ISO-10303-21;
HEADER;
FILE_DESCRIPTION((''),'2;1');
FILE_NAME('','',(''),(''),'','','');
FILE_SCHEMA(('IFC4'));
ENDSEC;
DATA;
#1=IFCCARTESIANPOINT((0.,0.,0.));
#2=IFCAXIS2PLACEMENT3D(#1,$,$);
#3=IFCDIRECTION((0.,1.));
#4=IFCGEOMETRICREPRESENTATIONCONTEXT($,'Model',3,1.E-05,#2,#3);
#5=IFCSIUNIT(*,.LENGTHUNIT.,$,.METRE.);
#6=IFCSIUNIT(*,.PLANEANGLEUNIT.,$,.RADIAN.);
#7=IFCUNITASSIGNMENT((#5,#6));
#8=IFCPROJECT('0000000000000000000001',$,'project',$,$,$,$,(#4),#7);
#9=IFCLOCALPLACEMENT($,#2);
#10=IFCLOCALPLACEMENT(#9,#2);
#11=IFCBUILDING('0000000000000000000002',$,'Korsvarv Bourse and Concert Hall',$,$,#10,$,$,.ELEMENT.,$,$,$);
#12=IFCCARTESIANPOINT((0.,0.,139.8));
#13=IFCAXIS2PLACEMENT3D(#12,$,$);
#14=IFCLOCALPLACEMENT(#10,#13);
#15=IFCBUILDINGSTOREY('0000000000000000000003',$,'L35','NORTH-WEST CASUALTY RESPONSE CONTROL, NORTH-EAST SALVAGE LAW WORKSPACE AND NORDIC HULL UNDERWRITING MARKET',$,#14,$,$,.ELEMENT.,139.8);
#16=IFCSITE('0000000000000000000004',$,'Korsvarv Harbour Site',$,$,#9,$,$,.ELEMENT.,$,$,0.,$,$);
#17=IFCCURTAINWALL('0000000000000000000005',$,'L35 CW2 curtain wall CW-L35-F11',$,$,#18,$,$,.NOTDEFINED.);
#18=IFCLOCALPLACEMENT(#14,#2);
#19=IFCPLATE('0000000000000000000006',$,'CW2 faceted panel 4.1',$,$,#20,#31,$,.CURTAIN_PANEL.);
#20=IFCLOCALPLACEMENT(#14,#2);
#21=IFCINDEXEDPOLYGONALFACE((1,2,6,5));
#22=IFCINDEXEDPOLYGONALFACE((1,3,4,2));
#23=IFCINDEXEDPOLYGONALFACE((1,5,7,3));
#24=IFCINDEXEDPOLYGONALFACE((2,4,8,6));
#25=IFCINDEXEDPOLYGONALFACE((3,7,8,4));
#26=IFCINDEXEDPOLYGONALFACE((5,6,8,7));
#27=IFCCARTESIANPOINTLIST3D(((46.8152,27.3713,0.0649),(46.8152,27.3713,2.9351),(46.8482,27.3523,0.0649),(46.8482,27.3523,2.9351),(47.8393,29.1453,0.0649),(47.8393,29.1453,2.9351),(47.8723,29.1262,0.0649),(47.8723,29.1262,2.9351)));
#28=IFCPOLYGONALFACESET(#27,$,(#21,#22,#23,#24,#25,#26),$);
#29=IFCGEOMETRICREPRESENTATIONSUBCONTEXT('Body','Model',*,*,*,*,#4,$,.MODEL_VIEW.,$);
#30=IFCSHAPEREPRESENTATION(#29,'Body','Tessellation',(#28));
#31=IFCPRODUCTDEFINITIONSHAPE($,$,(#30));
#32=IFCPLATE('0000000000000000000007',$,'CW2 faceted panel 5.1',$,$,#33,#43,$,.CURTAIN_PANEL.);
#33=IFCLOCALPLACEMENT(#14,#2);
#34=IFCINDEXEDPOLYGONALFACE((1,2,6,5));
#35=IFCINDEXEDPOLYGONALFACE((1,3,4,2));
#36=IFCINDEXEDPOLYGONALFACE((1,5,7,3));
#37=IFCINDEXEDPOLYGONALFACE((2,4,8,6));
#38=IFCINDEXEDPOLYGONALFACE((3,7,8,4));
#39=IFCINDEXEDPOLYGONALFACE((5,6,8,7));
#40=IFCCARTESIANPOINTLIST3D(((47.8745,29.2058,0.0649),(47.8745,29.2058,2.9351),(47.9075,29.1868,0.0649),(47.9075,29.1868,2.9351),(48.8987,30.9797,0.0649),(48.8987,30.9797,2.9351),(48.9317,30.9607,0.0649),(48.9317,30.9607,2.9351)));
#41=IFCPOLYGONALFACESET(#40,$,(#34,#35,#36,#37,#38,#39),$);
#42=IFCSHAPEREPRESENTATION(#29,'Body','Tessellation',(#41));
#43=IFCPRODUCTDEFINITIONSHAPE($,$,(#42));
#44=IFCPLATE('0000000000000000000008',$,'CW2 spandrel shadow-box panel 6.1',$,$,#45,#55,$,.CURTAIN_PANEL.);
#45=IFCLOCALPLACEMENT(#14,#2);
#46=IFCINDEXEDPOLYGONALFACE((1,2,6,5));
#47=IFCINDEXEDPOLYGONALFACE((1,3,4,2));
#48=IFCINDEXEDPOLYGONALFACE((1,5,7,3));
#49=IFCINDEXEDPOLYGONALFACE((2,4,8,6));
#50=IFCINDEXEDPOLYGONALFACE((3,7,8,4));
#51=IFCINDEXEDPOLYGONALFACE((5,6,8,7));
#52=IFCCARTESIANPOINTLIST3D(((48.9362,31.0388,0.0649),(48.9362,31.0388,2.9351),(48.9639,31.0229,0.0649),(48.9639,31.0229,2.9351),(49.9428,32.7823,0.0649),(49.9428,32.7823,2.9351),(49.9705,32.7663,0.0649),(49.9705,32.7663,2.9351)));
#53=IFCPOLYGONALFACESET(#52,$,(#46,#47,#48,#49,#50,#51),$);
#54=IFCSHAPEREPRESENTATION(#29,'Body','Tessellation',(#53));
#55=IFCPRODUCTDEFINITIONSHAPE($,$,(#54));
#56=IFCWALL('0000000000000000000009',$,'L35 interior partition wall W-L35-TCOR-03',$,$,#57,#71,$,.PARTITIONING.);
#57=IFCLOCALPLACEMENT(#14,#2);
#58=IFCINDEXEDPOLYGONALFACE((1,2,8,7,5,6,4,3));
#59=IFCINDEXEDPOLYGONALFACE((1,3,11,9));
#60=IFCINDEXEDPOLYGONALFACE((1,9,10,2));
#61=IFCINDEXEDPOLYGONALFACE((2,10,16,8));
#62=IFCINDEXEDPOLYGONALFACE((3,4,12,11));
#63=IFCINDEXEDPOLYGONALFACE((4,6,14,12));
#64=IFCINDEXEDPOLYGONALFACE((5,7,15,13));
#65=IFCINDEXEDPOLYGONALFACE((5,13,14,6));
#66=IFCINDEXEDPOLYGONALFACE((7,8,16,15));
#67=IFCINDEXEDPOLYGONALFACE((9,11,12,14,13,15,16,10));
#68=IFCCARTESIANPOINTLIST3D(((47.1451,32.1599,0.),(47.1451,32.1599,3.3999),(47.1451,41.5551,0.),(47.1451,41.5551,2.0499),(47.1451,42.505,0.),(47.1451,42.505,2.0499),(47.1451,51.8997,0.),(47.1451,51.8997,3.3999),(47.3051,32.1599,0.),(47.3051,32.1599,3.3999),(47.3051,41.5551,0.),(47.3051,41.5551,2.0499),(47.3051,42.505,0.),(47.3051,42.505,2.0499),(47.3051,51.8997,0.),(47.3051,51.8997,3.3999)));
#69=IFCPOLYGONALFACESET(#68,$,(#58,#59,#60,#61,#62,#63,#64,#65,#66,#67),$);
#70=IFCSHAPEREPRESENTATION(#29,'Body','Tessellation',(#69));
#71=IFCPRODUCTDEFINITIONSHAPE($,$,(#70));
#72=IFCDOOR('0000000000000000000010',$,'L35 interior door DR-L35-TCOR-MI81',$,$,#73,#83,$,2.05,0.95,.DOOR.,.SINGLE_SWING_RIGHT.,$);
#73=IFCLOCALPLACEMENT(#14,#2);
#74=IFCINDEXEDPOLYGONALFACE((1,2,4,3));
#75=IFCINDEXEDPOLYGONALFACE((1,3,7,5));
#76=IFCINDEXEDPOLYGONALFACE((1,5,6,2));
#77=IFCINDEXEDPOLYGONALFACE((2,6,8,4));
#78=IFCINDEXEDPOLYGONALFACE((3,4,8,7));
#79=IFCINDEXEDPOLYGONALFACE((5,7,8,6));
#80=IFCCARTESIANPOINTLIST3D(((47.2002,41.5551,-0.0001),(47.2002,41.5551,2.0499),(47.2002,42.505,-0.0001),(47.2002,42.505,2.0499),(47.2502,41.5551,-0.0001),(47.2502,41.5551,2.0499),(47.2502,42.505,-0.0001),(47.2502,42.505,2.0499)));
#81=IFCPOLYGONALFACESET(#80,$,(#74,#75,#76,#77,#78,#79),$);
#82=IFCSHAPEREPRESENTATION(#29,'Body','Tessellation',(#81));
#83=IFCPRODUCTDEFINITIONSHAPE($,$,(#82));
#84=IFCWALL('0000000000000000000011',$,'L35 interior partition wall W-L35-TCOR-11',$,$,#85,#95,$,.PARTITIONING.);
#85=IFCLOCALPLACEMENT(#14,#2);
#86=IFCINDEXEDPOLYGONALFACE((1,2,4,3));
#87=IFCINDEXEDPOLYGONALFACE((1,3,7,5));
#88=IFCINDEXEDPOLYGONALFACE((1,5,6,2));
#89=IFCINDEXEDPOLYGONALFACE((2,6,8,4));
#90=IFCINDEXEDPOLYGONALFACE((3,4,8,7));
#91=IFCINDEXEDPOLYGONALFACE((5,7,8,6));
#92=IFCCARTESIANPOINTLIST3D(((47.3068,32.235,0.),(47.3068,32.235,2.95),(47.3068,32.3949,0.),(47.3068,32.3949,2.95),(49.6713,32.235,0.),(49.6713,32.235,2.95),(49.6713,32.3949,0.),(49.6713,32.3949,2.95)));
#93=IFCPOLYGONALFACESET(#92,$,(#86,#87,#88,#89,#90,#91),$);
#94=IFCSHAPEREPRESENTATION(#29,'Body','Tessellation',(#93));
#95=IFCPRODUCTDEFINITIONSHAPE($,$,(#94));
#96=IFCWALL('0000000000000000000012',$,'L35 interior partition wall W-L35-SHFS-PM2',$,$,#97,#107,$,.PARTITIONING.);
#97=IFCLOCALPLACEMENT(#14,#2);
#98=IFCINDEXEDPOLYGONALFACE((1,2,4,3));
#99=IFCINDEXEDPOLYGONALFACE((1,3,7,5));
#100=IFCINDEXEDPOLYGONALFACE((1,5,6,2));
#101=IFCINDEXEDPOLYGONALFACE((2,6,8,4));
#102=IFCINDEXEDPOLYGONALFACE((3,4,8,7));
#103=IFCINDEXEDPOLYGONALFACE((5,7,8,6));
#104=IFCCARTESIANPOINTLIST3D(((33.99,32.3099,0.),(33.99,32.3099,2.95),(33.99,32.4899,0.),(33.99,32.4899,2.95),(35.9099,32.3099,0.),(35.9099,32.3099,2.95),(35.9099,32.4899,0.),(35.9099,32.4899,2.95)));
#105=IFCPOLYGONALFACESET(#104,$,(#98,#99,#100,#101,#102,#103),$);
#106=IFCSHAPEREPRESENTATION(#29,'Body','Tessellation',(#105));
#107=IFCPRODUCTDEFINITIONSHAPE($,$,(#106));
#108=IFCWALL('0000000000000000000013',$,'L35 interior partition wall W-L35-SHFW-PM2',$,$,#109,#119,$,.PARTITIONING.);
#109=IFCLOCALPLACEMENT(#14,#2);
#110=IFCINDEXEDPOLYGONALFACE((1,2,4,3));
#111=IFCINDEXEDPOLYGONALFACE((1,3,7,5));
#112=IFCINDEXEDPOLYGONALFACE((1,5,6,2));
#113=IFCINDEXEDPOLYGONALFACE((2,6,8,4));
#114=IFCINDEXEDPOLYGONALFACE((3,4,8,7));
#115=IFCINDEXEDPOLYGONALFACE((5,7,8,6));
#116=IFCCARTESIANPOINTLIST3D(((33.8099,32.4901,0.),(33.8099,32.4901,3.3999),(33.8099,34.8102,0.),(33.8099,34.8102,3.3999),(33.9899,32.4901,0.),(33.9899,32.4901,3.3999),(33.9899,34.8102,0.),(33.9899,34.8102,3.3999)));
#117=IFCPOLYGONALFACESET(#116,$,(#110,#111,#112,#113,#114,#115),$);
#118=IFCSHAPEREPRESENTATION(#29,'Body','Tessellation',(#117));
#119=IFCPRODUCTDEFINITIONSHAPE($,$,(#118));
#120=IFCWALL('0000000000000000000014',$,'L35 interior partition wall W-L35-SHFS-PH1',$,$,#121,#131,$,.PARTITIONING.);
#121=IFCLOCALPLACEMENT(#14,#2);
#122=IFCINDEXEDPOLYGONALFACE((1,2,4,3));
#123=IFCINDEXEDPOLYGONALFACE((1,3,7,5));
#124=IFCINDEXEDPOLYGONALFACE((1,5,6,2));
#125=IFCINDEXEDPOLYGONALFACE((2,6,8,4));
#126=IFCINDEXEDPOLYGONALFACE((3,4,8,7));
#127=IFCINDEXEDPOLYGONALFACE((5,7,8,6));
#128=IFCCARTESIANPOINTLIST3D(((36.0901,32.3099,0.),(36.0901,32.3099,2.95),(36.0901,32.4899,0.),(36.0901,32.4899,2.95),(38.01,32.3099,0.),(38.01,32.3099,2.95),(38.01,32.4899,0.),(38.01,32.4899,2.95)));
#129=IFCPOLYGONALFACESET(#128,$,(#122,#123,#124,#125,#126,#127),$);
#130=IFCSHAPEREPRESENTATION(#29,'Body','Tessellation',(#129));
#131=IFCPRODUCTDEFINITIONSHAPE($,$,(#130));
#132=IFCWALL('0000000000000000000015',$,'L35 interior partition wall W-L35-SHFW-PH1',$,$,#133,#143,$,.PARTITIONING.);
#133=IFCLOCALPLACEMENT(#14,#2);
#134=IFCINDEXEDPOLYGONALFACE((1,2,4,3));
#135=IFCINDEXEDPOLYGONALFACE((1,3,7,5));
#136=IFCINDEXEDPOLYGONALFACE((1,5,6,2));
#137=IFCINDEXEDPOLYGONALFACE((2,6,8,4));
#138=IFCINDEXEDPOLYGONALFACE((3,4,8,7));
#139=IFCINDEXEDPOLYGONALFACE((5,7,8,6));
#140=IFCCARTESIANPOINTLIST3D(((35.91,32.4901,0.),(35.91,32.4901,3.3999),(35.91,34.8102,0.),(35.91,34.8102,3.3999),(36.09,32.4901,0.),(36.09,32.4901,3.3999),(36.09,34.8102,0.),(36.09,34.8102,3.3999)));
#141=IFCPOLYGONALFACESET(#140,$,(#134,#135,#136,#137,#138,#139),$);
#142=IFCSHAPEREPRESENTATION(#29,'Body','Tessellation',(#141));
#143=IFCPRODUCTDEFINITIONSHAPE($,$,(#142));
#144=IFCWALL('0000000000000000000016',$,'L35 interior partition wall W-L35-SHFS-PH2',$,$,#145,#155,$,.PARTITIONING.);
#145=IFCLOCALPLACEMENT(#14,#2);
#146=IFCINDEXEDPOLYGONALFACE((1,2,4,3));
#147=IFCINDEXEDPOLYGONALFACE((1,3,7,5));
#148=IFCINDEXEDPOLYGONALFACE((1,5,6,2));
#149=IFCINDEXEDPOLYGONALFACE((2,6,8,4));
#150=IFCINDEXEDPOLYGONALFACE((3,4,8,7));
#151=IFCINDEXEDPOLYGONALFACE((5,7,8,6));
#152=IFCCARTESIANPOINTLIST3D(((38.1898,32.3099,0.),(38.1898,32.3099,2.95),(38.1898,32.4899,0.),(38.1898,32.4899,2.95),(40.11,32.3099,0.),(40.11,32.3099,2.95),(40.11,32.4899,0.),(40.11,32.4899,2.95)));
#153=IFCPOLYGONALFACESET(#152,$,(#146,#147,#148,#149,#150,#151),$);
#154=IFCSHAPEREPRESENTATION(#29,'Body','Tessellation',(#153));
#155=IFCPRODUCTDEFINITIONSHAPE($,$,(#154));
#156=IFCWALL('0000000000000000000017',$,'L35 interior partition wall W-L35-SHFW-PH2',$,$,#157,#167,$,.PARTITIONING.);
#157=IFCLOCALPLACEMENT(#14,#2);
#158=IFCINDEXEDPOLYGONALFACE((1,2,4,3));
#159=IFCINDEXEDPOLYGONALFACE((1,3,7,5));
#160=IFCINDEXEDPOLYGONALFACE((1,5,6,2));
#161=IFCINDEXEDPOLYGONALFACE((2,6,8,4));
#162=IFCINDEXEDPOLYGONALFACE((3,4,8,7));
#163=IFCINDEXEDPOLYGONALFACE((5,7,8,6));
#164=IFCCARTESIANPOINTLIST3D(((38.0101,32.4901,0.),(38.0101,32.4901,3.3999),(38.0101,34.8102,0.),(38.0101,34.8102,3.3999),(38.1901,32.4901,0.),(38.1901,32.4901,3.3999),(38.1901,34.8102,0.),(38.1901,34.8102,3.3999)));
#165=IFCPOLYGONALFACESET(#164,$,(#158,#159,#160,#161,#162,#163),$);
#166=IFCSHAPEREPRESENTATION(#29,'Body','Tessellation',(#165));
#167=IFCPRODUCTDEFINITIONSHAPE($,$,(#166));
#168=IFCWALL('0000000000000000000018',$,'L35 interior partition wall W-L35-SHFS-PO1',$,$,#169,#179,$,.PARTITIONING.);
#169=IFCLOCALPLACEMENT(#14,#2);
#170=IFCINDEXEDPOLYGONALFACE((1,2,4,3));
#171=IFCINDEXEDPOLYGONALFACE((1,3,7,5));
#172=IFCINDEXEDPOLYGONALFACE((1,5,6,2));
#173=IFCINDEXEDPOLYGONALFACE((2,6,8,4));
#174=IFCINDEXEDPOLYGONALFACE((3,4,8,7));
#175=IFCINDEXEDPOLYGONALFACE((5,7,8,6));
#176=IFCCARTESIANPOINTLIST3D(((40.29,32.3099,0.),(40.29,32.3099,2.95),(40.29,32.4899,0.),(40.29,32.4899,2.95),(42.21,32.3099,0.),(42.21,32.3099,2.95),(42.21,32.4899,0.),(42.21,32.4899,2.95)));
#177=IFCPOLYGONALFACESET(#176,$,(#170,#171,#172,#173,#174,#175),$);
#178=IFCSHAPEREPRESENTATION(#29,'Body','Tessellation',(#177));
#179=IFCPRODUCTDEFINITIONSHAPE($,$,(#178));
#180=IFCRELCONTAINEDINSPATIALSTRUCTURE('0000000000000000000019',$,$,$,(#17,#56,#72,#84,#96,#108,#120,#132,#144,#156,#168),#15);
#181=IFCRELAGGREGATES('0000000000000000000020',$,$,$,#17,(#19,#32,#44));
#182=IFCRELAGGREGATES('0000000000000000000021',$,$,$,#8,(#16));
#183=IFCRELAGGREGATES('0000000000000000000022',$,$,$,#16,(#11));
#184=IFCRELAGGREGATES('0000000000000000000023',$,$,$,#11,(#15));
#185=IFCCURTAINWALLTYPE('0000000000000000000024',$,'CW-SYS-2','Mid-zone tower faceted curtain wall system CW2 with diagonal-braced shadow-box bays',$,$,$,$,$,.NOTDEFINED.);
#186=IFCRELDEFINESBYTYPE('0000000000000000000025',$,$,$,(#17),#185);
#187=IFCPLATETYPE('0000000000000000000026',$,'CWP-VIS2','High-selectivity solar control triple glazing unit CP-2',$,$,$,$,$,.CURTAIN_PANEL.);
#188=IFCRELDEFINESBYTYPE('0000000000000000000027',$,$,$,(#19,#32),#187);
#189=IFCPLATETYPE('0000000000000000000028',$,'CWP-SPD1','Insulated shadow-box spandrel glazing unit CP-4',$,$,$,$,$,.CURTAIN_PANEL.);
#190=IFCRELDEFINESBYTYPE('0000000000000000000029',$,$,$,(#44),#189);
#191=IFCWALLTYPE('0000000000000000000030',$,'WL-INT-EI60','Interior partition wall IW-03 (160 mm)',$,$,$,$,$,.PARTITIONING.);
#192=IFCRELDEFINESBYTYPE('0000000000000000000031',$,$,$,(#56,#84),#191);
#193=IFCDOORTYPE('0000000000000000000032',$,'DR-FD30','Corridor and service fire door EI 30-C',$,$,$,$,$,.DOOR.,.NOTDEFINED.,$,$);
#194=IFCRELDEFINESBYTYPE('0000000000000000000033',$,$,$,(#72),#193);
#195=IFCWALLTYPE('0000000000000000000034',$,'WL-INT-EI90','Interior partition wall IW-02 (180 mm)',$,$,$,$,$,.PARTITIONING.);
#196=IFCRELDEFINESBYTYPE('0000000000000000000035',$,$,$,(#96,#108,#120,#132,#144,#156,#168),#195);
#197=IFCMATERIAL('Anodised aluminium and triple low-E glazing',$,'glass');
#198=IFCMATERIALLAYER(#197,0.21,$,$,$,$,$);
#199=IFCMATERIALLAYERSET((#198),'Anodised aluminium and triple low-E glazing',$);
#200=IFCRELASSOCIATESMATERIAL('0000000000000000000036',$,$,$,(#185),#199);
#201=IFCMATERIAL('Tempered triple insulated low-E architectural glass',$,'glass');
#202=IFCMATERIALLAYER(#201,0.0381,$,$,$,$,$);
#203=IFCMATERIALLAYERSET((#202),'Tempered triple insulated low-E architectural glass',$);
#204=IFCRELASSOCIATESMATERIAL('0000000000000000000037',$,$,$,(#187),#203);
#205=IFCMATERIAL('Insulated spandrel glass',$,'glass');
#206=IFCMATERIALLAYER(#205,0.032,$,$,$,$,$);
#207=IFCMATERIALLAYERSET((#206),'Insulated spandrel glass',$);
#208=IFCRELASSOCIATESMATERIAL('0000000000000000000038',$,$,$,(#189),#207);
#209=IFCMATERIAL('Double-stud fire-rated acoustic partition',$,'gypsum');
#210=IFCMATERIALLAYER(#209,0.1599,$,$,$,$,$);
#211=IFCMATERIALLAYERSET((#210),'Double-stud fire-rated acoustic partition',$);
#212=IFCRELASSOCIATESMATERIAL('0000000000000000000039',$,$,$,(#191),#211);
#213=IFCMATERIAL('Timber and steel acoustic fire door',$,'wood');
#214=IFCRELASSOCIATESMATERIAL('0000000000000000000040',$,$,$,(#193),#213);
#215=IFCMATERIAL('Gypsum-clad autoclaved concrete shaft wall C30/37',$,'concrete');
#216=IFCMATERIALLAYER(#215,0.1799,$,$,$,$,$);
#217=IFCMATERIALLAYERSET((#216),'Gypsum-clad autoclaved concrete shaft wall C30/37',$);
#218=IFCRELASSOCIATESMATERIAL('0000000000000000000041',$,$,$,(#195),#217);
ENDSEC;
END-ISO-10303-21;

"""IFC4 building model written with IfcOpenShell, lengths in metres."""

from ifc_helpers import new_model, si_unit, direction, frame, frame_2d, origin, origin_2d, place, context, subcontext, project, spatial, rectangle, extrude, source, transform, mapped, material, layer, layer_set, type_object, element, fill, aggregate, save


model = new_model("IFC4")

# Units and contexts
model_context = context("Model", 3, precision=1e-05, world=origin(), true_north=direction((0.0, 1.0)))
body_context = subcontext(model_context, "Body", "Model", "MODEL_VIEW")
ifc_project = project(units=[si_unit("LENGTHUNIT", "METRE"), si_unit("PLANEANGLEUNIT", "RADIAN")], contexts=[model_context])

# Site, building, storey
site_placement = place(None, origin())
site = spatial("IfcSite", under=ifc_project, at=site_placement, Name="Korsvarv Harbour Site", CompositionType="ELEMENT", RefElevation=0.0)
building_placement = place(site_placement, origin())
building = spatial("IfcBuilding", under=site, at=building_placement, Name="Korsvarv Bourse and Concert Hall", CompositionType="ELEMENT")
storey_placement = place(building_placement, frame((0.0, 0.0, 139.8)))
storey = spatial("IfcBuildingStorey", under=building, at=storey_placement, Name="L35", Description="NORTH-WEST CASUALTY RESPONSE CONTROL, NORTH-EAST SALVAGE LAW WORKSPACE AND NORDIC HULL UNDERWRITING MARKET", CompositionType="ELEMENT", Elevation=139.8)

# Curtain wall, plates
ifc_material_1 = material(Name="Anodised aluminium and triple low-E glazing", Category="glass")
ifc_layer_1 = layer(ifc_material_1, 0.21)
ifc_layer_set_1 = layer_set([ifc_layer_1], Name="Anodised aluminium and triple low-E glazing")
curtain_wall_type = type_object("IfcCurtainWallType", Name="CW-SYS-2", Description="Mid-zone tower faceted curtain wall system CW2 with diagonal-braced shadow-box bays", PredefinedType="NOTDEFINED", material=ifc_layer_set_1)
curtain_wall_placement = place(storey_placement, origin())
curtain_wall = element("IfcCurtainWall", 1, at=curtain_wall_placement, inside=storey, type_object=curtain_wall_type, Name="L35 CW2 curtain wall CW-L35-F11", PredefinedType="NOTDEFINED")
ifc_material_2 = material(Name="Tempered triple insulated low-E architectural glass", Category="glass")
ifc_layer_2 = layer(ifc_material_2, 0.0381)
ifc_layer_set_2 = layer_set([ifc_layer_2], Name="Tempered triple insulated low-E architectural glass")
plate_type_1 = type_object("IfcPlateType", Name="CWP-VIS2", Description="High-selectivity solar control triple glazing unit CP-2", PredefinedType="CURTAIN_PANEL", material=ifc_layer_set_2)
shared_shape_1 = source(origin(), body_context, "Body", "SweptSolid", [
    extrude(rectangle(XDim=2.0483, YDim=0.0381, at=origin_2d()), origin(), (0.0, 0.0, 1.0), 2.8701),
])
plate_1_placement = place(storey_placement, frame((47.3438, 28.2488, 0.0649), z_axis=(0.0, 0.0, 1.0), x_axis=(0.5, 0.866025, 0.0)))
plate_1 = element("IfcPlate", 2, at=plate_1_placement, type_object=plate_type_1, Name="CW2 faceted panel 4.1", PredefinedType="CURTAIN_PANEL", context=body_context, shape_type="MappedRepresentation", body=[
    mapped(shared_shape_1, transform((0.0, 0.0, 0.0), scale=1.0)),
])
plate_2_placement = place(storey_placement, frame((48.4031, 30.0833, 0.0649), z_axis=(0.0, 0.0, 1.0), x_axis=(0.5, 0.866025, 0.0)))
plate_2 = element("IfcPlate", 3, at=plate_2_placement, type_object=plate_type_1, Name="CW2 faceted panel 5.1", PredefinedType="CURTAIN_PANEL", context=body_context, shape_type="MappedRepresentation", body=[
    mapped(shared_shape_1, transform((0.0, 0.0, 0.0), scale=1.0)),
])
ifc_material_3 = material(Name="Insulated spandrel glass", Category="glass")
ifc_layer_3 = layer(ifc_material_3, 0.032)
ifc_layer_set_3 = layer_set([ifc_layer_3], Name="Insulated spandrel glass")
plate_type_2 = type_object("IfcPlateType", Name="CWP-SPD1", Description="Insulated shadow-box spandrel glazing unit CP-4", PredefinedType="CURTAIN_PANEL", material=ifc_layer_set_3)
shared_shape_2 = source(origin(), body_context, "Body", "SweptSolid", [
    extrude(rectangle(XDim=2.0132, YDim=0.032, at=origin_2d()), origin(), (0.0, 0.0, 1.0), 2.8701),
])
plate_3_placement = place(storey_placement, frame((49.4534, 31.9026, 0.0649), z_axis=(0.0, 0.0, 1.0), x_axis=(0.5, 0.866025, 0.0)))
plate_3 = element("IfcPlate", 4, at=plate_3_placement, type_object=plate_type_2, Name="CW2 spandrel shadow-box panel 6.1", PredefinedType="CURTAIN_PANEL", context=body_context, shape_type="MappedRepresentation", body=[
    mapped(shared_shape_2, transform((0.0, 0.0, 0.0), scale=1.0)),
])
aggregate(curtain_wall, [plate_1, plate_2, plate_3])

# Wall, opening, door
ifc_material_4 = material(Name="Double-stud fire-rated acoustic partition", Category="gypsum")
ifc_layer_4 = layer(ifc_material_4, 0.1599)
ifc_layer_set_4 = layer_set([ifc_layer_4], Name="Double-stud fire-rated acoustic partition")
wall_type_1 = type_object("IfcWallType", Name="WL-INT-EI60", Description="Interior partition wall IW-03 (160 mm)", PredefinedType="PARTITIONING", material=ifc_layer_set_4)
wall_1_placement = place(storey_placement, frame((47.2251, 32.1599, 0.0), z_axis=(0.0, 0.0, 1.0), x_axis=(0.0, 1.0, 0.0)))
wall_1 = element("IfcWall", 5, at=wall_1_placement, inside=storey, type_object=wall_type_1, Name="L35 interior partition wall W-L35-TCOR-03", PredefinedType="PARTITIONING", context=body_context, shape_type="SweptSolid", body=[
    extrude(rectangle(XDim=19.7397, YDim=0.1599, at=frame_2d((9.8699, 0.0))), origin(), (0.0, 0.0, 1.0), 3.3999),
])
opening_placement = place(wall_1_placement, frame((9.395, 0.0, 0.0)))
opening = element("IfcOpeningElement", 6, at=opening_placement, cuts=wall_1, PredefinedType="OPENING", context=body_context, shape_type="SweptSolid", body=[
    extrude(rectangle(XDim=0.95, YDim=2.05, at=frame_2d((0.4751, 1.0249))), frame((0.0, 0.0898, 0.0), z_axis=(0.0, -1.0, 0.0), x_axis=(1.0, 0.0, 0.0)), (0.0, 0.0, 1.0), 0.1799),
])
ifc_material_5 = material(Name="Timber and steel acoustic fire door", Category="wood")
door_type = type_object("IfcDoorType", Name="DR-FD30", Description="Corridor and service fire door EI 30-C", OperationType="NOTDEFINED", PredefinedType="DOOR", material=ifc_material_5)
door_placement = place(opening_placement, origin())
door = element("IfcDoor", 7, at=door_placement, inside=storey, type_object=door_type, Name="L35 interior door DR-L35-TCOR-MI81", OperationType="SINGLE_SWING_RIGHT", OverallHeight=2.05, OverallWidth=0.95, PredefinedType="DOOR", context=body_context, shape_type="SweptSolid", body=[
    extrude(rectangle(XDim=0.95, YDim=2.05, at=frame_2d((0.4751, 1.0249))), frame((0.0, 0.0249, 0.0), z_axis=(0.0, -1.0, 0.0), x_axis=(1.0, 0.0, 0.0)), (0.0, 0.0, 1.0), 0.05),
])
fill(opening, door)

# Walls
wall_2_placement = place(storey_placement, frame((47.3069, 32.3149, 0.0), z_axis=(0.0, 0.0, 1.0), x_axis=(1.0, 0.0, 0.0)))
element("IfcWall", 8, at=wall_2_placement, inside=storey, type_object=wall_type_1, Name="L35 interior partition wall W-L35-TCOR-11", PredefinedType="PARTITIONING", context=body_context, shape_type="SweptSolid", body=[
    extrude(rectangle(XDim=2.3645, YDim=0.1599, at=frame_2d((1.1821, 0.0))), origin(), (0.0, 0.0, 1.0), 2.95),
])
ifc_material_6 = material(Name="Gypsum-clad autoclaved concrete shaft wall C30/37", Category="concrete")
ifc_layer_5 = layer(ifc_material_6, 0.1799)
ifc_layer_set_5 = layer_set([ifc_layer_5], Name="Gypsum-clad autoclaved concrete shaft wall C30/37")
wall_type_2 = type_object("IfcWallType", Name="WL-INT-EI90", Description="Interior partition wall IW-02 (180 mm)", PredefinedType="PARTITIONING", material=ifc_layer_set_5)
wall_3_placement = place(storey_placement, frame((33.99, 32.3999, 0.0), z_axis=(0.0, 0.0, 1.0), x_axis=(1.0, 0.0, 0.0)))
element("IfcWall", 9, at=wall_3_placement, inside=storey, type_object=wall_type_2, Name="L35 interior partition wall W-L35-SHFS-PM2", PredefinedType="PARTITIONING", context=body_context, shape_type="SweptSolid", body=[
    extrude(rectangle(XDim=1.9199, YDim=0.1799, at=frame_2d((0.96, 0.0))), origin(), (0.0, 0.0, 1.0), 2.95),
])
wall_4_placement = place(storey_placement, frame((33.8999, 32.49, 0.0), z_axis=(0.0, 0.0, 1.0), x_axis=(0.0, 1.0, 0.0)))
element("IfcWall", 10, at=wall_4_placement, inside=storey, type_object=wall_type_2, Name="L35 interior partition wall W-L35-SHFW-PM2", PredefinedType="PARTITIONING", context=body_context, shape_type="SweptSolid", body=[
    extrude(rectangle(XDim=2.3201, YDim=0.1799, at=frame_2d((1.1602, 0.0))), origin(), (0.0, 0.0, 1.0), 3.3999),
])
wall_5_placement = place(storey_placement, frame((36.0901, 32.3999, 0.0), z_axis=(0.0, 0.0, 1.0), x_axis=(1.0, 0.0, 0.0)))
element("IfcWall", 11, at=wall_5_placement, inside=storey, type_object=wall_type_2, Name="L35 interior partition wall W-L35-SHFS-PH1", PredefinedType="PARTITIONING", context=body_context, shape_type="SweptSolid", body=[
    extrude(rectangle(XDim=1.9199, YDim=0.1799, at=frame_2d((0.96, 0.0))), origin(), (0.0, 0.0, 1.0), 2.95),
])
wall_6_placement = place(storey_placement, frame((36.0, 32.49, 0.0), z_axis=(0.0, 0.0, 1.0), x_axis=(0.0, 1.0, 0.0)))
element("IfcWall", 12, at=wall_6_placement, inside=storey, type_object=wall_type_2, Name="L35 interior partition wall W-L35-SHFW-PH1", PredefinedType="PARTITIONING", context=body_context, shape_type="SweptSolid", body=[
    extrude(rectangle(XDim=2.3201, YDim=0.1799, at=frame_2d((1.1602, 0.0))), origin(), (0.0, 0.0, 1.0), 3.3999),
])
wall_7_placement = place(storey_placement, frame((38.1899, 32.3999, 0.0), z_axis=(0.0, 0.0, 1.0), x_axis=(1.0, 0.0, 0.0)))
element("IfcWall", 13, at=wall_7_placement, inside=storey, type_object=wall_type_2, Name="L35 interior partition wall W-L35-SHFS-PH2", PredefinedType="PARTITIONING", context=body_context, shape_type="SweptSolid", body=[
    extrude(rectangle(XDim=1.9202, YDim=0.1799, at=frame_2d((0.96, 0.0))), origin(), (0.0, 0.0, 1.0), 2.95),
])
wall_8_placement = place(storey_placement, frame((38.1001, 32.49, 0.0), z_axis=(0.0, 0.0, 1.0), x_axis=(0.0, 1.0, 0.0)))
element("IfcWall", 14, at=wall_8_placement, inside=storey, type_object=wall_type_2, Name="L35 interior partition wall W-L35-SHFW-PH2", PredefinedType="PARTITIONING", context=body_context, shape_type="SweptSolid", body=[
    extrude(rectangle(XDim=2.3201, YDim=0.1799, at=frame_2d((1.1602, 0.0))), origin(), (0.0, 0.0, 1.0), 3.3999),
])
wall_9_placement = place(storey_placement, frame((40.29, 32.3999, 0.0), z_axis=(0.0, 0.0, 1.0), x_axis=(1.0, 0.0, 0.0)))
element("IfcWall", 15, at=wall_9_placement, inside=storey, type_object=wall_type_2, Name="L35 interior partition wall W-L35-SHFS-PO1", PredefinedType="PARTITIONING", context=body_context, shape_type="SweptSolid", body=[
    extrude(rectangle(XDim=1.9199, YDim=0.1799, at=frame_2d((0.96, 0.0))), origin(), (0.0, 0.0, 1.0), 2.95),
])

save(model, "model.ifc")
